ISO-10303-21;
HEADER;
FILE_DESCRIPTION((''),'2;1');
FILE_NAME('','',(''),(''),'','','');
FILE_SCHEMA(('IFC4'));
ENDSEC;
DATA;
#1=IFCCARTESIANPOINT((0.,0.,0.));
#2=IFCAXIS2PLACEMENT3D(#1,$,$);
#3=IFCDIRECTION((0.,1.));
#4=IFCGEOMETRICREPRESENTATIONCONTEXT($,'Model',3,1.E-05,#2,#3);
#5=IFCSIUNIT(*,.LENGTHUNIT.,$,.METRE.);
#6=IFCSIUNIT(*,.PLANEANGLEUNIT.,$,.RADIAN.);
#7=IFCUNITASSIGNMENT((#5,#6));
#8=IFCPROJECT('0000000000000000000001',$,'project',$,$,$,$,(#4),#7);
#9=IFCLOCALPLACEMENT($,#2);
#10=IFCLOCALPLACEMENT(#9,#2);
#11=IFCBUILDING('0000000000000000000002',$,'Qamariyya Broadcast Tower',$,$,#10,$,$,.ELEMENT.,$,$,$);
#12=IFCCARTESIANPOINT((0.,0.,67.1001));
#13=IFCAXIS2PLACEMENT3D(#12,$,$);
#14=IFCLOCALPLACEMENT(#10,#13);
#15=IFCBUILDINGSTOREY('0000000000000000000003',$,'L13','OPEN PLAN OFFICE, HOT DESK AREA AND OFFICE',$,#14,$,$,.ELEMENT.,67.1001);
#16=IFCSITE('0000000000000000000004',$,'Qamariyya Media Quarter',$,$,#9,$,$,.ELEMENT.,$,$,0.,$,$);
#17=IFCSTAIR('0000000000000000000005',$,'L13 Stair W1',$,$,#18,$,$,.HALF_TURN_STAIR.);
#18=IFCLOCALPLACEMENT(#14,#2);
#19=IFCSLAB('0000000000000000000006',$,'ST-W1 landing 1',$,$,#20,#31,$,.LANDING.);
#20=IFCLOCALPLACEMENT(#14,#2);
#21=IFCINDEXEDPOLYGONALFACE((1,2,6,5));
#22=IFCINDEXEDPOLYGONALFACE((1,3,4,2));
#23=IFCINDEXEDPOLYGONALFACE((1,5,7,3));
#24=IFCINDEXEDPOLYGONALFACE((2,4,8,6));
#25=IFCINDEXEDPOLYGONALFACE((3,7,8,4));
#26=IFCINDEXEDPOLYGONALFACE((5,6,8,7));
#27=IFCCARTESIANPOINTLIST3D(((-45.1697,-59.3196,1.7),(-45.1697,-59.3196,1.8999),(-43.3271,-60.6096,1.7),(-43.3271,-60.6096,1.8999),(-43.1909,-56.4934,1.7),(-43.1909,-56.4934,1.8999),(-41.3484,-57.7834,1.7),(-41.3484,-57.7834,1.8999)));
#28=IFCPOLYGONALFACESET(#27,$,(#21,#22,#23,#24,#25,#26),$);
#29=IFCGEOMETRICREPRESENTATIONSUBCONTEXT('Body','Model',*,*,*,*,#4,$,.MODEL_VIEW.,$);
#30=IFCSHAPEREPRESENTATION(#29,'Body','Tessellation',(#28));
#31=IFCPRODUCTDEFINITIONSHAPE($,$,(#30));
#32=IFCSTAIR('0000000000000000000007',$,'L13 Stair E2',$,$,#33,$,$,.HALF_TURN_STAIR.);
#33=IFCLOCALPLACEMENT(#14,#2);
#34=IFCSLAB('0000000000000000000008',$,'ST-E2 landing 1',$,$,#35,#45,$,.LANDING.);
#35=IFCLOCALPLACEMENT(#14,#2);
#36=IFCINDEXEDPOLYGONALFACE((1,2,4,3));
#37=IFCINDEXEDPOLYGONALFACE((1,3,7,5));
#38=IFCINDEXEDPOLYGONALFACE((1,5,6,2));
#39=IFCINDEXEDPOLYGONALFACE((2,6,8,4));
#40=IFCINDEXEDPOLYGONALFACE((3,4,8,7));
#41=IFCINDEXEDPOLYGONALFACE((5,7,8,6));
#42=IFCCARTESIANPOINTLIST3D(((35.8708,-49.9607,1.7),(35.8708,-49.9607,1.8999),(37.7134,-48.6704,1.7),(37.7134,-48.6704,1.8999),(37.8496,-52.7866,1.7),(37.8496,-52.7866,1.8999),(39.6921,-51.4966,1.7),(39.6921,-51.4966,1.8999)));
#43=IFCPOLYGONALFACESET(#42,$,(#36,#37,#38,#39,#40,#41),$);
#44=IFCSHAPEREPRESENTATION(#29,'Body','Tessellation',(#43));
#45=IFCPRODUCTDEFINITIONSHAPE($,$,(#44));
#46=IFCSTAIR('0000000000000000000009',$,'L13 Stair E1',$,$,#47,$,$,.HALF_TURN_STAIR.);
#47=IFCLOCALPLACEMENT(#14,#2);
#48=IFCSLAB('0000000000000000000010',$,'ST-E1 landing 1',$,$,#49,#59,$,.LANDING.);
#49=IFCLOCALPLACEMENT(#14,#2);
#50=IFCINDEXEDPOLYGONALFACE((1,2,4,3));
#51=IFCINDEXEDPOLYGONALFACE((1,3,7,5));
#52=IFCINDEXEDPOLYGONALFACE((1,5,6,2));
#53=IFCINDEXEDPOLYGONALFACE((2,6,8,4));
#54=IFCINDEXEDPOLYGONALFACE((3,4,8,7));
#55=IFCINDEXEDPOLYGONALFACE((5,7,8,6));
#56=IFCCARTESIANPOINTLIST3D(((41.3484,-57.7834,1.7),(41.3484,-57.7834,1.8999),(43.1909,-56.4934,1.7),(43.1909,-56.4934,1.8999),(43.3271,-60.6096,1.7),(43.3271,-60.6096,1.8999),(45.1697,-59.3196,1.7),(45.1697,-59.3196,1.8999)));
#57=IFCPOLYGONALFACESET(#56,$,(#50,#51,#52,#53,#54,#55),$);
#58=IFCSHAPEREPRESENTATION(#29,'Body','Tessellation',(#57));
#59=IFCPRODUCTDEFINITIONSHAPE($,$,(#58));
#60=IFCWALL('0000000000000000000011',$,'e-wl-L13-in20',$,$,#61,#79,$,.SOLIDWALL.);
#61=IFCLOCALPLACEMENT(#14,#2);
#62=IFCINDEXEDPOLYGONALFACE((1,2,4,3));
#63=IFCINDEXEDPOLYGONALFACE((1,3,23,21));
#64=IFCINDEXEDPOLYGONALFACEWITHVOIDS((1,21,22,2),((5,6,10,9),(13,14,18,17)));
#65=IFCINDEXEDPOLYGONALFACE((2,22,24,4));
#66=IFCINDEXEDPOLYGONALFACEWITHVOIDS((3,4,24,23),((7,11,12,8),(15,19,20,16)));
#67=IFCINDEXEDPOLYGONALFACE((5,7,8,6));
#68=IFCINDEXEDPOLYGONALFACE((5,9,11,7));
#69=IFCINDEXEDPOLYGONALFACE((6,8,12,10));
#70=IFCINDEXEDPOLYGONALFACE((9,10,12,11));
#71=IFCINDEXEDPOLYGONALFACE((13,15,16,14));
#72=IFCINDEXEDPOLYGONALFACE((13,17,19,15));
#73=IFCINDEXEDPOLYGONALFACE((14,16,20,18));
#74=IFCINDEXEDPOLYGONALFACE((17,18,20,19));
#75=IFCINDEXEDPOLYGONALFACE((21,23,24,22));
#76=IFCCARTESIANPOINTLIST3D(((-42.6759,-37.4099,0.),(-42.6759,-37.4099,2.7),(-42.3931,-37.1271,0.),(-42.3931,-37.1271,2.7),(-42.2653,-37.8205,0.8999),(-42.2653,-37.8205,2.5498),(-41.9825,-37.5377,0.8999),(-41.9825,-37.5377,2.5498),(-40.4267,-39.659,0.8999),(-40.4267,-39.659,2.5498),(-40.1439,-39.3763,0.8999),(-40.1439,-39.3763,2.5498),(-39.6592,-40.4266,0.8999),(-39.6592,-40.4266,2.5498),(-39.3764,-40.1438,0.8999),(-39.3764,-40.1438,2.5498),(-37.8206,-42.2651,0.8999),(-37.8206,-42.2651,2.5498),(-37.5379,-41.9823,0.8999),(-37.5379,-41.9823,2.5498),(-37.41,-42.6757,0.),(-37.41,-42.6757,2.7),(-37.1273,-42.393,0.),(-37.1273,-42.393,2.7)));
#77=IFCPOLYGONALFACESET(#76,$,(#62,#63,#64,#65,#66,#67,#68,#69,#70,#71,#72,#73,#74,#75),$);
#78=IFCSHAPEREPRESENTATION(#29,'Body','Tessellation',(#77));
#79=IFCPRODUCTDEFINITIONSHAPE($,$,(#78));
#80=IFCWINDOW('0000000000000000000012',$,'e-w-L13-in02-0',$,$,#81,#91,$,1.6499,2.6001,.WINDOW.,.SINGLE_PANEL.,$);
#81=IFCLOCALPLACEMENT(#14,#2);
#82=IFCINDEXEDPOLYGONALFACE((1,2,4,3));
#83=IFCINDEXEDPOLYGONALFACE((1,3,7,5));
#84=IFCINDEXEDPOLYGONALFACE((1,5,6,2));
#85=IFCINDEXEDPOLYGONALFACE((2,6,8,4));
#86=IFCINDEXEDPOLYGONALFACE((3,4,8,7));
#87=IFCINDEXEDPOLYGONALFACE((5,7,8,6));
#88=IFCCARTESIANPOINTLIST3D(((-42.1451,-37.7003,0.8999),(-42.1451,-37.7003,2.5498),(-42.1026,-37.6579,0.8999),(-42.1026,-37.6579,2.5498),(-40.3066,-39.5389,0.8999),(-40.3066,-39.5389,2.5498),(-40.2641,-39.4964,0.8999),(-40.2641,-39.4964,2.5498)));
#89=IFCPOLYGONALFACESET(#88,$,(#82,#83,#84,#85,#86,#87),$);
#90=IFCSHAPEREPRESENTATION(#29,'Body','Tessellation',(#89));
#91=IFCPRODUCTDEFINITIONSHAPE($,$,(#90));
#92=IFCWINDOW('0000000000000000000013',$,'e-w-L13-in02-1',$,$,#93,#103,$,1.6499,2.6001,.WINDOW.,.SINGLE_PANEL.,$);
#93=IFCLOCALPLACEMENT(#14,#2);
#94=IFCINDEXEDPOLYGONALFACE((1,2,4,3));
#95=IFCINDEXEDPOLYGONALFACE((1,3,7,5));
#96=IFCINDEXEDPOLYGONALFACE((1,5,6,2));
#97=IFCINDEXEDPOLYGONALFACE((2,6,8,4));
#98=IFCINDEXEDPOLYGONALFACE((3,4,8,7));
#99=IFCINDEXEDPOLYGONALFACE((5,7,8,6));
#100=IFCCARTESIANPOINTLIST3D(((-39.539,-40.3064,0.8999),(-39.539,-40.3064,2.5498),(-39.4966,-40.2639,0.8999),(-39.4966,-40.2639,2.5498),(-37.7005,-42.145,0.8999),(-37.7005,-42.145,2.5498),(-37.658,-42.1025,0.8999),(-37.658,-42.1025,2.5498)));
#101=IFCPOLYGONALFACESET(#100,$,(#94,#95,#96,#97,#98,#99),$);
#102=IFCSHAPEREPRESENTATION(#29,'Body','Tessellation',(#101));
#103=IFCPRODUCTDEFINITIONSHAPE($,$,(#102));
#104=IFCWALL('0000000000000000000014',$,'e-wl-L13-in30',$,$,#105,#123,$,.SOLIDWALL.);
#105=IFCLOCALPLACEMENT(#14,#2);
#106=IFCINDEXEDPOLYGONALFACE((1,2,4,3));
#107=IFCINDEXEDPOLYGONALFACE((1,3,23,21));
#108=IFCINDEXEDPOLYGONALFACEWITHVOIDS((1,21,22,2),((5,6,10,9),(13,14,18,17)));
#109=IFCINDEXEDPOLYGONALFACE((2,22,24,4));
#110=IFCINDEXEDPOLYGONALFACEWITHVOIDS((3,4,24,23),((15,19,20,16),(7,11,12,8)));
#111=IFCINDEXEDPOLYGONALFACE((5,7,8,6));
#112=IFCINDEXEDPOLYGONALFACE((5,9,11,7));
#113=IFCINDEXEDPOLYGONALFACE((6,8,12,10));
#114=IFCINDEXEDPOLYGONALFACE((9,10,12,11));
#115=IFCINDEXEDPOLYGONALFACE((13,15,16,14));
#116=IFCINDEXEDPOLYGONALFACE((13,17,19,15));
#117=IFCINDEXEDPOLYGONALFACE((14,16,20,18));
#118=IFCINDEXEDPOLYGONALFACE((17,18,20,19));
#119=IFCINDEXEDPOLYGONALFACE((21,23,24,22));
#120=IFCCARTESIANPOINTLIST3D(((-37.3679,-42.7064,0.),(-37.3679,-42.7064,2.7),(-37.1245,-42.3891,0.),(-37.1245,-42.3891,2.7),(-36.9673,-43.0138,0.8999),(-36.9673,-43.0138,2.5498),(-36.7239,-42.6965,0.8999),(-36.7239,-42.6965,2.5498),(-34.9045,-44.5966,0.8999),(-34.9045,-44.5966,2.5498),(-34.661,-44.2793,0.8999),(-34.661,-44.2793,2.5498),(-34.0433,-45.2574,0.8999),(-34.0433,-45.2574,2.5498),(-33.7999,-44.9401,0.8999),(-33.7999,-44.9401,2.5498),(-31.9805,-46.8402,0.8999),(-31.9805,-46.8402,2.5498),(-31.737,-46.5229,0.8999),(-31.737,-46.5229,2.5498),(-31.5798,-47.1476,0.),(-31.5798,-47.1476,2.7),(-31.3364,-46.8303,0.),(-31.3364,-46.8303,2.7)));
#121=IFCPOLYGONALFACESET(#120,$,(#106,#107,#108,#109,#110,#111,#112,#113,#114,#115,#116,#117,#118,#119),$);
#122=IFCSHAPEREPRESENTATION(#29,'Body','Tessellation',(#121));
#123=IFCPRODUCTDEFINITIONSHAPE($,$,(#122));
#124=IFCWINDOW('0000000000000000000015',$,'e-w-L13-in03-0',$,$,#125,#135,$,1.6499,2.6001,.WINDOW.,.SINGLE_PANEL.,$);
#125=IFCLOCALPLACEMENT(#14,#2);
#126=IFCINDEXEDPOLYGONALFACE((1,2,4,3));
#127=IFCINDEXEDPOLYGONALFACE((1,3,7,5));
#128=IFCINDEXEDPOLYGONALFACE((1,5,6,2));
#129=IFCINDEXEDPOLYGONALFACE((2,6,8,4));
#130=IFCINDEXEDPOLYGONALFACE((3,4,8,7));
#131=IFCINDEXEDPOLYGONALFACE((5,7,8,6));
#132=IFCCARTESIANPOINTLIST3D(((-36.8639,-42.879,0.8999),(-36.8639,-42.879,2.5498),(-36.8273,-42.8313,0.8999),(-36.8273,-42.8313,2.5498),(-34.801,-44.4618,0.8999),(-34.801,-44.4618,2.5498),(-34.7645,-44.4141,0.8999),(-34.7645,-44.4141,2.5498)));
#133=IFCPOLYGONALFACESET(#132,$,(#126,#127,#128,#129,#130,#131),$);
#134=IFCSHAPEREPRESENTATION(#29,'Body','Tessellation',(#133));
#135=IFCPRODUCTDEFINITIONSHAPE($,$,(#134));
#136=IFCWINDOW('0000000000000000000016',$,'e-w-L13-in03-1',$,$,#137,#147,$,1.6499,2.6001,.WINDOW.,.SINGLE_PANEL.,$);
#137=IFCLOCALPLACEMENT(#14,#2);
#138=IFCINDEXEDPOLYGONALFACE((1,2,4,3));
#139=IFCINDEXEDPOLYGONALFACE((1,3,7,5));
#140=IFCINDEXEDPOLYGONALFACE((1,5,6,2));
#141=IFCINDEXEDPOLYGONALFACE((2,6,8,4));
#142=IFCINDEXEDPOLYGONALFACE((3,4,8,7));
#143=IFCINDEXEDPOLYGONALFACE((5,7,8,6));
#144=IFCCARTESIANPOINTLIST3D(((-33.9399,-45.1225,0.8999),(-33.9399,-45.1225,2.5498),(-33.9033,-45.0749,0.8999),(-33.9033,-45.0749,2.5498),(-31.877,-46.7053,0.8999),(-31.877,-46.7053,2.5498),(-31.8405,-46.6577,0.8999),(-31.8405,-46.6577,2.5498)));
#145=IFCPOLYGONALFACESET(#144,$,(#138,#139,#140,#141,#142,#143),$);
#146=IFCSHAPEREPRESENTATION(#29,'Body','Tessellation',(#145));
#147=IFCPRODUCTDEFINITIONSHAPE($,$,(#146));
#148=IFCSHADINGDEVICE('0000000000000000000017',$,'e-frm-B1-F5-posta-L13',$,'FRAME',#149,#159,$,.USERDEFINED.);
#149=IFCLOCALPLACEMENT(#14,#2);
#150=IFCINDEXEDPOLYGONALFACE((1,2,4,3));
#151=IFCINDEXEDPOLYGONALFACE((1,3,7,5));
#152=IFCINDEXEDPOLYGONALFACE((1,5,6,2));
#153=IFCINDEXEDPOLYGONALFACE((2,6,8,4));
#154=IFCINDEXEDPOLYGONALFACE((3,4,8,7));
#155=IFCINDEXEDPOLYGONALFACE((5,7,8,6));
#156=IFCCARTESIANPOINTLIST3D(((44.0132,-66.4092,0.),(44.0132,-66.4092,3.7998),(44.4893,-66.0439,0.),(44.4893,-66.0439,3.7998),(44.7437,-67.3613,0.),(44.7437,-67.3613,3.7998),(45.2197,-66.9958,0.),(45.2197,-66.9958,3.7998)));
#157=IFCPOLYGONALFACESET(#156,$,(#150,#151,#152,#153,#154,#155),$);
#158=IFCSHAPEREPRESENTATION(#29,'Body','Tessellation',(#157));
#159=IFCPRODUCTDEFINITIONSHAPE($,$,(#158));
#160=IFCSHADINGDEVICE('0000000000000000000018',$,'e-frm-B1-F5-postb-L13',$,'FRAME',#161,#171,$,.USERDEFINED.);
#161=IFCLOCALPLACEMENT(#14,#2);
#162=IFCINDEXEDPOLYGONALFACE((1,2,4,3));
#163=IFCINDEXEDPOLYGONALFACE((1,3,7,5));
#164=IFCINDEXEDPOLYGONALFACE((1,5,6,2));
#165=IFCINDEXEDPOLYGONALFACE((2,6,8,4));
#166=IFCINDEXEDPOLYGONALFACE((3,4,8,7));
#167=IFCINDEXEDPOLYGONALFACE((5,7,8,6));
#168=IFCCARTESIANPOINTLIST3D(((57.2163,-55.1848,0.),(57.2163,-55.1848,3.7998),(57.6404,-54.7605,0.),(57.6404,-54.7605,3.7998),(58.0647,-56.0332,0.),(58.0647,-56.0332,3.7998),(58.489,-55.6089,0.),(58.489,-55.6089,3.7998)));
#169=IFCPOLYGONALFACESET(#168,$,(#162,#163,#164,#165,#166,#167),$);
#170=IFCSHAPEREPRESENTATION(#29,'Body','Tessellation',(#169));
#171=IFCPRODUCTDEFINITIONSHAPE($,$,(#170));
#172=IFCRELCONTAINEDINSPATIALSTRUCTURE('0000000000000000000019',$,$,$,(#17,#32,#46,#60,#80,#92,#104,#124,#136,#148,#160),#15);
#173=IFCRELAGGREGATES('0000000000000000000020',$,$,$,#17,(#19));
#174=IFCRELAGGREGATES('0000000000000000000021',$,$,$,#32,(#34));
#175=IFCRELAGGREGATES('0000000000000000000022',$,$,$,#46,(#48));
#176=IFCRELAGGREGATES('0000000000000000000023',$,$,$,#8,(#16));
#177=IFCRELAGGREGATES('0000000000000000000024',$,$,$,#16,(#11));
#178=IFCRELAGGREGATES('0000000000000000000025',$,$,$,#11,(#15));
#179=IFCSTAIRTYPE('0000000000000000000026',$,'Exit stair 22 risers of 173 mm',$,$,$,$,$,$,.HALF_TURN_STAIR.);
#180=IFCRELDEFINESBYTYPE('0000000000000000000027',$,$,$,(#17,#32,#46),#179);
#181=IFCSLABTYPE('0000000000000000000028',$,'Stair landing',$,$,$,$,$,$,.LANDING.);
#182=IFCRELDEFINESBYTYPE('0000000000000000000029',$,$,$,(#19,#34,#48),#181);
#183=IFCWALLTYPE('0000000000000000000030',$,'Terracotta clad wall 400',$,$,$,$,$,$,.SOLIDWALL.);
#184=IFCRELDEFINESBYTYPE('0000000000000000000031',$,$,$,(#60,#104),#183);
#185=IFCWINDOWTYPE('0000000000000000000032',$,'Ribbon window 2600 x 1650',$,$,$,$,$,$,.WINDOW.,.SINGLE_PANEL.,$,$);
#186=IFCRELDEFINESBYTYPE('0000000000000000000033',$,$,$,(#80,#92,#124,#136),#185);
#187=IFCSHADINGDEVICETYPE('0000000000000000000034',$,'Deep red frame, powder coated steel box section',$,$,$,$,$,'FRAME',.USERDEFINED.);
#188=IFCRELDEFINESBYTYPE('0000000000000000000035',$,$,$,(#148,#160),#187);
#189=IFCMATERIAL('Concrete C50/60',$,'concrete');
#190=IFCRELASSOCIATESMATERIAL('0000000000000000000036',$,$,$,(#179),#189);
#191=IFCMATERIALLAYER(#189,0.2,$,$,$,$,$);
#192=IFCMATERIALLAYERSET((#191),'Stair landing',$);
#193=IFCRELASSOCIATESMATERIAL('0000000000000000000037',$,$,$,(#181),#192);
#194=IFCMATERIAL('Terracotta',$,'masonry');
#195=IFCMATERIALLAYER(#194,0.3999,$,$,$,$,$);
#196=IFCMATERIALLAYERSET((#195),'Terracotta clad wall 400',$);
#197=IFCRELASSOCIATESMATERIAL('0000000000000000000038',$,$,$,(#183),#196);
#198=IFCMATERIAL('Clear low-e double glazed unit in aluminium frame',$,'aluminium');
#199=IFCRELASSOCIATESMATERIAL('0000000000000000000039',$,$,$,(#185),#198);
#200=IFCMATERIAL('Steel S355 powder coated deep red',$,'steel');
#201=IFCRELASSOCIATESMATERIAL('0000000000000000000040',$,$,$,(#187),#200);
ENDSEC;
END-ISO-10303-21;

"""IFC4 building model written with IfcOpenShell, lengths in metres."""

from ifc_helpers import new_model, si_unit, direction, frame, frame_2d, origin, place, context, subcontext, project, spatial, polyline, rectangle, outline, extrude, material, layer, layer_set, type_object, element, fill, aggregate, save


model = new_model("IFC4")

# Units and contexts
model_context = context("Model", 3, precision=1e-05, world=origin(), true_north=direction((0.0, 1.0)))
body_context = subcontext(model_context, "Body", "Model", "MODEL_VIEW")
ifc_project = project(units=[si_unit("LENGTHUNIT", "METRE"), si_unit("PLANEANGLEUNIT", "RADIAN")], contexts=[model_context])

# Site, building, storey
site_placement = place(None, origin())
site = spatial("IfcSite", under=ifc_project, at=site_placement, Name="Qamariyya Media Quarter", CompositionType="ELEMENT", RefElevation=0.0)
building_placement = place(site_placement, origin())
building = spatial("IfcBuilding", under=site, at=building_placement, Name="Qamariyya Broadcast Tower", CompositionType="ELEMENT")
storey_placement = place(building_placement, frame((0.0, 0.0, 67.1001)))
storey = spatial("IfcBuildingStorey", under=building, at=storey_placement, Name="L13", Description="OPEN PLAN OFFICE, HOT DESK AREA AND OFFICE", CompositionType="ELEMENT", Elevation=67.1001)

# Shared definitions
ifc_material_1 = material(Name="Concrete C50/60", Category="concrete")

# Stairs, slabs
stair_type = type_object("IfcStairType", Name="Exit stair 22 risers of 173 mm", PredefinedType="HALF_TURN_STAIR", material=ifc_material_1)
ifc_layer_1 = layer(ifc_material_1, 0.2)
ifc_layer_set_1 = layer_set([ifc_layer_1], Name="Stair landing")
slab_type_1 = type_object("IfcSlabType", Name="Stair landing", PredefinedType="LANDING", material=ifc_layer_set_1)
stair_1_placement = place(storey_placement, origin())
stair_1 = element("IfcStair", 1, at=stair_1_placement, inside=storey, type_object=stair_type, Name="L13 Stair W1", PredefinedType="HALF_TURN_STAIR")
slab_1_placement = place(storey_placement, frame((0.0, 0.0, 1.7)))
slab_1 = element("IfcSlab", 2, at=slab_1_placement, type_object=slab_type_1, Name="ST-W1 landing 1", PredefinedType="LANDING", context=body_context, shape_type="SweptSolid", body=[
    extrude(outline(polyline([(-45.1697, -59.3196), (-43.3271, -60.6096), (-41.3484, -57.7834), (-43.1909, -56.4934), (-45.1697, -59.3196)])), origin(), (0.0, 0.0, 1.0), 0.2),
])
aggregate(stair_1, [slab_1])
stair_2_placement = place(storey_placement, origin())
stair_2 = element("IfcStair", 3, at=stair_2_placement, inside=storey, type_object=stair_type, Name="L13 Stair E2", PredefinedType="HALF_TURN_STAIR")
slab_2_placement = place(storey_placement, frame((0.0, 0.0, 1.7)))
slab_2 = element("IfcSlab", 4, at=slab_2_placement, type_object=slab_type_1, Name="ST-E2 landing 1", PredefinedType="LANDING", context=body_context, shape_type="SweptSolid", body=[
    extrude(outline(polyline([(37.7134, -48.6704), (35.8708, -49.9607), (37.8496, -52.7866), (39.6921, -51.4966), (37.7134, -48.6704)])), origin(), (0.0, 0.0, 1.0), 0.2),
])
aggregate(stair_2, [slab_2])
stair_3_placement = place(storey_placement, origin())
stair_3 = element("IfcStair", 5, at=stair_3_placement, inside=storey, type_object=stair_type, Name="L13 Stair E1", PredefinedType="HALF_TURN_STAIR")
slab_3_placement = place(storey_placement, frame((0.0, 0.0, 1.7)))
slab_3 = element("IfcSlab", 6, at=slab_3_placement, type_object=slab_type_1, Name="ST-E1 landing 1", PredefinedType="LANDING", context=body_context, shape_type="SweptSolid", body=[
    extrude(outline(polyline([(43.1909, -56.4934), (41.3484, -57.7834), (43.3271, -60.6096), (45.1697, -59.3196), (43.1909, -56.4934)])), origin(), (0.0, 0.0, 1.0), 0.2),
])
aggregate(stair_3, [slab_3])

# Walls, openings, windows
ifc_material_2 = material(Name="Terracotta", Category="masonry")
ifc_layer_2 = layer(ifc_material_2, 0.3999)
ifc_layer_set_2 = layer_set([ifc_layer_2], Name="Terracotta clad wall 400")
wall_type = type_object("IfcWallType", Name="Terracotta clad wall 400", PredefinedType="SOLIDWALL", material=ifc_layer_set_2)
wall_1_placement = place(storey_placement, frame((-37.2686, -42.5344, 0.0), z_axis=(0.0, 0.0, 1.0), x_axis=(-0.707107, 0.707107, 0.0)))
wall_1 = element("IfcWall", 7, at=wall_1_placement, inside=storey, type_object=wall_type, Name="e-wl-L13-in20", PredefinedType="SOLIDWALL", context=body_context, shape_type="SweptSolid", body=[
    extrude(rectangle(XDim=7.447, YDim=0.3999, at=frame_2d((3.7236, 0.0))), origin(), (0.0, 0.0, 1.0), 2.7),
])
opening_1_placement = place(wall_1_placement, frame((4.2664, 0.0, 0.8999)))
opening_1 = element("IfcOpeningElement", 8, at=opening_1_placement, cuts=wall_1, PredefinedType="OPENING", context=body_context, shape_type="SweptSolid", body=[
    extrude(rectangle(XDim=2.6001, YDim=1.6499, at=frame_2d((1.3, 0.825))), frame((0.0, 0.21, 0.0), z_axis=(0.0, -1.0, 0.0), x_axis=(1.0, 0.0, 0.0)), (0.0, 0.0, 1.0), 0.4199),
])
opening_2_placement = place(wall_1_placement, frame((0.5808, 0.0, 0.8999)))
opening_2 = element("IfcOpeningElement", 9, at=opening_2_placement, cuts=wall_1, PredefinedType="OPENING", context=body_context, shape_type="SweptSolid", body=[
    extrude(rectangle(XDim=2.6001, YDim=1.6499, at=frame_2d((1.3, 0.825))), frame((0.0, 0.21, 0.0), z_axis=(0.0, -1.0, 0.0), x_axis=(1.0, 0.0, 0.0)), (0.0, 0.0, 1.0), 0.4199),
])
ifc_material_3 = material(Name="Clear low-e double glazed unit in aluminium frame", Category="aluminium")
window_type = type_object("IfcWindowType", Name="Ribbon window 2600 x 1650", PartitioningType="SINGLE_PANEL", PredefinedType="WINDOW", material=ifc_material_3)
window_1_placement = place(opening_1_placement, origin())
window_1 = element("IfcWindow", 10, at=window_1_placement, inside=storey, type_object=window_type, Name="e-w-L13-in02-0", OverallHeight=1.6499, OverallWidth=2.6001, PartitioningType="SINGLE_PANEL", PredefinedType="WINDOW", context=body_context, shape_type="SweptSolid", body=[
    extrude(rectangle(XDim=2.6001, YDim=1.6499, at=frame_2d((1.3, 0.825))), frame((0.0, 0.03, 0.0), z_axis=(0.0, -1.0, 0.0), x_axis=(1.0, 0.0, 0.0)), (0.0, 0.0, 1.0), 0.0601),
])
fill(opening_1, window_1)
window_2_placement = place(opening_2_placement, origin())
window_2 = element("IfcWindow", 11, at=window_2_placement, inside=storey, type_object=window_type, Name="e-w-L13-in02-1", OverallHeight=1.6499, OverallWidth=2.6001, PartitioningType="SINGLE_PANEL", PredefinedType="WINDOW", context=body_context, shape_type="SweptSolid", body=[
    extrude(rectangle(XDim=2.6001, YDim=1.6499, at=frame_2d((1.3, 0.825))), frame((0.0, 0.03, 0.0), z_axis=(0.0, -1.0, 0.0), x_axis=(1.0, 0.0, 0.0)), (0.0, 0.0, 1.0), 0.0601),
])
fill(opening_2, window_2)
wall_2_placement = place(storey_placement, frame((-31.458, -46.989, 0.0), z_axis=(0.0, 0.0, 1.0), x_axis=(-0.793366, 0.608745, 0.0)))
wall_2 = element("IfcWall", 12, at=wall_2_placement, inside=storey, type_object=wall_type, Name="e-wl-L13-in30", PredefinedType="SOLIDWALL", context=body_context, shape_type="SweptSolid", body=[
    extrude(rectangle(XDim=7.2957, YDim=0.3999, at=frame_2d((3.6479, 0.0))), origin(), (0.0, 0.0, 1.0), 2.7),
])
opening_3_placement = place(wall_2_placement, frame((4.1907, 0.0, 0.8999)))
opening_3 = element("IfcOpeningElement", 13, at=opening_3_placement, cuts=wall_2, PredefinedType="OPENING", context=body_context, shape_type="SweptSolid", body=[
    extrude(rectangle(XDim=2.6001, YDim=1.6499, at=frame_2d((1.3, 0.825))), frame((0.0, 0.21, 0.0), z_axis=(0.0, -1.0, 0.0), x_axis=(1.0, 0.0, 0.0)), (0.0, 0.0, 1.0), 0.4199),
])
opening_4_placement = place(wall_2_placement, frame((0.5051, 0.0, 0.8999)))
opening_4 = element("IfcOpeningElement", 14, at=opening_4_placement, cuts=wall_2, PredefinedType="OPENING", context=body_context, shape_type="SweptSolid", body=[
    extrude(rectangle(XDim=2.6001, YDim=1.6499, at=frame_2d((1.3, 0.825))), frame((0.0, 0.21, 0.0), z_axis=(0.0, -1.0, 0.0), x_axis=(1.0, 0.0, 0.0)), (0.0, 0.0, 1.0), 0.4199),
])
window_3_placement = place(opening_3_placement, origin())
window_3 = element("IfcWindow", 15, at=window_3_placement, inside=storey, type_object=window_type, Name="e-w-L13-in03-0", OverallHeight=1.6499, OverallWidth=2.6001, PartitioningType="SINGLE_PANEL", PredefinedType="WINDOW", context=body_context, shape_type="SweptSolid", body=[
    extrude(rectangle(XDim=2.6001, YDim=1.6499, at=frame_2d((1.3, 0.825))), frame((0.0, 0.03, 0.0), z_axis=(0.0, -1.0, 0.0), x_axis=(1.0, 0.0, 0.0)), (0.0, 0.0, 1.0), 0.0601),
])
fill(opening_3, window_3)
window_4_placement = place(opening_4_placement, origin())
window_4 = element("IfcWindow", 16, at=window_4_placement, inside=storey, type_object=window_type, Name="e-w-L13-in03-1", OverallHeight=1.6499, OverallWidth=2.6001, PartitioningType="SINGLE_PANEL", PredefinedType="WINDOW", context=body_context, shape_type="SweptSolid", body=[
    extrude(rectangle(XDim=2.6001, YDim=1.6499, at=frame_2d((1.3, 0.825))), frame((0.0, 0.03, 0.0), z_axis=(0.0, -1.0, 0.0), x_axis=(1.0, 0.0, 0.0)), (0.0, 0.0, 1.0), 0.0601),
])
fill(opening_4, window_4)

# Shading devices
ifc_material_4 = material(Name="Steel S355 powder coated deep red", Category="steel")
shading_device_type = type_object("IfcShadingDeviceType", Name="Deep red frame, powder coated steel box section", ElementType="FRAME", PredefinedType="USERDEFINED", material=ifc_material_4)
shading_device_1_placement = place(storey_placement, origin())
element("IfcShadingDevice", 17, at=shading_device_1_placement, inside=storey, type_object=shading_device_type, Name="e-frm-B1-F5-posta-L13", ObjectType="FRAME", PredefinedType="USERDEFINED", context=body_context, shape_type="SweptSolid", body=[
    extrude(outline(polyline([(44.0132, -66.4092), (44.7437, -67.3613), (45.2197, -66.9958), (44.4893, -66.0439), (44.0132, -66.4092)])), origin(), (0.0, 0.0, 1.0), 3.7998),
])
shading_device_2_placement = place(storey_placement, origin())
element("IfcShadingDevice", 18, at=shading_device_2_placement, inside=storey, type_object=shading_device_type, Name="e-frm-B1-F5-postb-L13", ObjectType="FRAME", PredefinedType="USERDEFINED", context=body_context, shape_type="SweptSolid", body=[
    extrude(outline(polyline([(57.2163, -55.1848), (58.0647, -56.0332), (58.489, -55.6089), (57.6404, -54.7605), (57.2163, -55.1848)])), origin(), (0.0, 0.0, 1.0), 3.7998),
])

save(model, "model.ifc")
